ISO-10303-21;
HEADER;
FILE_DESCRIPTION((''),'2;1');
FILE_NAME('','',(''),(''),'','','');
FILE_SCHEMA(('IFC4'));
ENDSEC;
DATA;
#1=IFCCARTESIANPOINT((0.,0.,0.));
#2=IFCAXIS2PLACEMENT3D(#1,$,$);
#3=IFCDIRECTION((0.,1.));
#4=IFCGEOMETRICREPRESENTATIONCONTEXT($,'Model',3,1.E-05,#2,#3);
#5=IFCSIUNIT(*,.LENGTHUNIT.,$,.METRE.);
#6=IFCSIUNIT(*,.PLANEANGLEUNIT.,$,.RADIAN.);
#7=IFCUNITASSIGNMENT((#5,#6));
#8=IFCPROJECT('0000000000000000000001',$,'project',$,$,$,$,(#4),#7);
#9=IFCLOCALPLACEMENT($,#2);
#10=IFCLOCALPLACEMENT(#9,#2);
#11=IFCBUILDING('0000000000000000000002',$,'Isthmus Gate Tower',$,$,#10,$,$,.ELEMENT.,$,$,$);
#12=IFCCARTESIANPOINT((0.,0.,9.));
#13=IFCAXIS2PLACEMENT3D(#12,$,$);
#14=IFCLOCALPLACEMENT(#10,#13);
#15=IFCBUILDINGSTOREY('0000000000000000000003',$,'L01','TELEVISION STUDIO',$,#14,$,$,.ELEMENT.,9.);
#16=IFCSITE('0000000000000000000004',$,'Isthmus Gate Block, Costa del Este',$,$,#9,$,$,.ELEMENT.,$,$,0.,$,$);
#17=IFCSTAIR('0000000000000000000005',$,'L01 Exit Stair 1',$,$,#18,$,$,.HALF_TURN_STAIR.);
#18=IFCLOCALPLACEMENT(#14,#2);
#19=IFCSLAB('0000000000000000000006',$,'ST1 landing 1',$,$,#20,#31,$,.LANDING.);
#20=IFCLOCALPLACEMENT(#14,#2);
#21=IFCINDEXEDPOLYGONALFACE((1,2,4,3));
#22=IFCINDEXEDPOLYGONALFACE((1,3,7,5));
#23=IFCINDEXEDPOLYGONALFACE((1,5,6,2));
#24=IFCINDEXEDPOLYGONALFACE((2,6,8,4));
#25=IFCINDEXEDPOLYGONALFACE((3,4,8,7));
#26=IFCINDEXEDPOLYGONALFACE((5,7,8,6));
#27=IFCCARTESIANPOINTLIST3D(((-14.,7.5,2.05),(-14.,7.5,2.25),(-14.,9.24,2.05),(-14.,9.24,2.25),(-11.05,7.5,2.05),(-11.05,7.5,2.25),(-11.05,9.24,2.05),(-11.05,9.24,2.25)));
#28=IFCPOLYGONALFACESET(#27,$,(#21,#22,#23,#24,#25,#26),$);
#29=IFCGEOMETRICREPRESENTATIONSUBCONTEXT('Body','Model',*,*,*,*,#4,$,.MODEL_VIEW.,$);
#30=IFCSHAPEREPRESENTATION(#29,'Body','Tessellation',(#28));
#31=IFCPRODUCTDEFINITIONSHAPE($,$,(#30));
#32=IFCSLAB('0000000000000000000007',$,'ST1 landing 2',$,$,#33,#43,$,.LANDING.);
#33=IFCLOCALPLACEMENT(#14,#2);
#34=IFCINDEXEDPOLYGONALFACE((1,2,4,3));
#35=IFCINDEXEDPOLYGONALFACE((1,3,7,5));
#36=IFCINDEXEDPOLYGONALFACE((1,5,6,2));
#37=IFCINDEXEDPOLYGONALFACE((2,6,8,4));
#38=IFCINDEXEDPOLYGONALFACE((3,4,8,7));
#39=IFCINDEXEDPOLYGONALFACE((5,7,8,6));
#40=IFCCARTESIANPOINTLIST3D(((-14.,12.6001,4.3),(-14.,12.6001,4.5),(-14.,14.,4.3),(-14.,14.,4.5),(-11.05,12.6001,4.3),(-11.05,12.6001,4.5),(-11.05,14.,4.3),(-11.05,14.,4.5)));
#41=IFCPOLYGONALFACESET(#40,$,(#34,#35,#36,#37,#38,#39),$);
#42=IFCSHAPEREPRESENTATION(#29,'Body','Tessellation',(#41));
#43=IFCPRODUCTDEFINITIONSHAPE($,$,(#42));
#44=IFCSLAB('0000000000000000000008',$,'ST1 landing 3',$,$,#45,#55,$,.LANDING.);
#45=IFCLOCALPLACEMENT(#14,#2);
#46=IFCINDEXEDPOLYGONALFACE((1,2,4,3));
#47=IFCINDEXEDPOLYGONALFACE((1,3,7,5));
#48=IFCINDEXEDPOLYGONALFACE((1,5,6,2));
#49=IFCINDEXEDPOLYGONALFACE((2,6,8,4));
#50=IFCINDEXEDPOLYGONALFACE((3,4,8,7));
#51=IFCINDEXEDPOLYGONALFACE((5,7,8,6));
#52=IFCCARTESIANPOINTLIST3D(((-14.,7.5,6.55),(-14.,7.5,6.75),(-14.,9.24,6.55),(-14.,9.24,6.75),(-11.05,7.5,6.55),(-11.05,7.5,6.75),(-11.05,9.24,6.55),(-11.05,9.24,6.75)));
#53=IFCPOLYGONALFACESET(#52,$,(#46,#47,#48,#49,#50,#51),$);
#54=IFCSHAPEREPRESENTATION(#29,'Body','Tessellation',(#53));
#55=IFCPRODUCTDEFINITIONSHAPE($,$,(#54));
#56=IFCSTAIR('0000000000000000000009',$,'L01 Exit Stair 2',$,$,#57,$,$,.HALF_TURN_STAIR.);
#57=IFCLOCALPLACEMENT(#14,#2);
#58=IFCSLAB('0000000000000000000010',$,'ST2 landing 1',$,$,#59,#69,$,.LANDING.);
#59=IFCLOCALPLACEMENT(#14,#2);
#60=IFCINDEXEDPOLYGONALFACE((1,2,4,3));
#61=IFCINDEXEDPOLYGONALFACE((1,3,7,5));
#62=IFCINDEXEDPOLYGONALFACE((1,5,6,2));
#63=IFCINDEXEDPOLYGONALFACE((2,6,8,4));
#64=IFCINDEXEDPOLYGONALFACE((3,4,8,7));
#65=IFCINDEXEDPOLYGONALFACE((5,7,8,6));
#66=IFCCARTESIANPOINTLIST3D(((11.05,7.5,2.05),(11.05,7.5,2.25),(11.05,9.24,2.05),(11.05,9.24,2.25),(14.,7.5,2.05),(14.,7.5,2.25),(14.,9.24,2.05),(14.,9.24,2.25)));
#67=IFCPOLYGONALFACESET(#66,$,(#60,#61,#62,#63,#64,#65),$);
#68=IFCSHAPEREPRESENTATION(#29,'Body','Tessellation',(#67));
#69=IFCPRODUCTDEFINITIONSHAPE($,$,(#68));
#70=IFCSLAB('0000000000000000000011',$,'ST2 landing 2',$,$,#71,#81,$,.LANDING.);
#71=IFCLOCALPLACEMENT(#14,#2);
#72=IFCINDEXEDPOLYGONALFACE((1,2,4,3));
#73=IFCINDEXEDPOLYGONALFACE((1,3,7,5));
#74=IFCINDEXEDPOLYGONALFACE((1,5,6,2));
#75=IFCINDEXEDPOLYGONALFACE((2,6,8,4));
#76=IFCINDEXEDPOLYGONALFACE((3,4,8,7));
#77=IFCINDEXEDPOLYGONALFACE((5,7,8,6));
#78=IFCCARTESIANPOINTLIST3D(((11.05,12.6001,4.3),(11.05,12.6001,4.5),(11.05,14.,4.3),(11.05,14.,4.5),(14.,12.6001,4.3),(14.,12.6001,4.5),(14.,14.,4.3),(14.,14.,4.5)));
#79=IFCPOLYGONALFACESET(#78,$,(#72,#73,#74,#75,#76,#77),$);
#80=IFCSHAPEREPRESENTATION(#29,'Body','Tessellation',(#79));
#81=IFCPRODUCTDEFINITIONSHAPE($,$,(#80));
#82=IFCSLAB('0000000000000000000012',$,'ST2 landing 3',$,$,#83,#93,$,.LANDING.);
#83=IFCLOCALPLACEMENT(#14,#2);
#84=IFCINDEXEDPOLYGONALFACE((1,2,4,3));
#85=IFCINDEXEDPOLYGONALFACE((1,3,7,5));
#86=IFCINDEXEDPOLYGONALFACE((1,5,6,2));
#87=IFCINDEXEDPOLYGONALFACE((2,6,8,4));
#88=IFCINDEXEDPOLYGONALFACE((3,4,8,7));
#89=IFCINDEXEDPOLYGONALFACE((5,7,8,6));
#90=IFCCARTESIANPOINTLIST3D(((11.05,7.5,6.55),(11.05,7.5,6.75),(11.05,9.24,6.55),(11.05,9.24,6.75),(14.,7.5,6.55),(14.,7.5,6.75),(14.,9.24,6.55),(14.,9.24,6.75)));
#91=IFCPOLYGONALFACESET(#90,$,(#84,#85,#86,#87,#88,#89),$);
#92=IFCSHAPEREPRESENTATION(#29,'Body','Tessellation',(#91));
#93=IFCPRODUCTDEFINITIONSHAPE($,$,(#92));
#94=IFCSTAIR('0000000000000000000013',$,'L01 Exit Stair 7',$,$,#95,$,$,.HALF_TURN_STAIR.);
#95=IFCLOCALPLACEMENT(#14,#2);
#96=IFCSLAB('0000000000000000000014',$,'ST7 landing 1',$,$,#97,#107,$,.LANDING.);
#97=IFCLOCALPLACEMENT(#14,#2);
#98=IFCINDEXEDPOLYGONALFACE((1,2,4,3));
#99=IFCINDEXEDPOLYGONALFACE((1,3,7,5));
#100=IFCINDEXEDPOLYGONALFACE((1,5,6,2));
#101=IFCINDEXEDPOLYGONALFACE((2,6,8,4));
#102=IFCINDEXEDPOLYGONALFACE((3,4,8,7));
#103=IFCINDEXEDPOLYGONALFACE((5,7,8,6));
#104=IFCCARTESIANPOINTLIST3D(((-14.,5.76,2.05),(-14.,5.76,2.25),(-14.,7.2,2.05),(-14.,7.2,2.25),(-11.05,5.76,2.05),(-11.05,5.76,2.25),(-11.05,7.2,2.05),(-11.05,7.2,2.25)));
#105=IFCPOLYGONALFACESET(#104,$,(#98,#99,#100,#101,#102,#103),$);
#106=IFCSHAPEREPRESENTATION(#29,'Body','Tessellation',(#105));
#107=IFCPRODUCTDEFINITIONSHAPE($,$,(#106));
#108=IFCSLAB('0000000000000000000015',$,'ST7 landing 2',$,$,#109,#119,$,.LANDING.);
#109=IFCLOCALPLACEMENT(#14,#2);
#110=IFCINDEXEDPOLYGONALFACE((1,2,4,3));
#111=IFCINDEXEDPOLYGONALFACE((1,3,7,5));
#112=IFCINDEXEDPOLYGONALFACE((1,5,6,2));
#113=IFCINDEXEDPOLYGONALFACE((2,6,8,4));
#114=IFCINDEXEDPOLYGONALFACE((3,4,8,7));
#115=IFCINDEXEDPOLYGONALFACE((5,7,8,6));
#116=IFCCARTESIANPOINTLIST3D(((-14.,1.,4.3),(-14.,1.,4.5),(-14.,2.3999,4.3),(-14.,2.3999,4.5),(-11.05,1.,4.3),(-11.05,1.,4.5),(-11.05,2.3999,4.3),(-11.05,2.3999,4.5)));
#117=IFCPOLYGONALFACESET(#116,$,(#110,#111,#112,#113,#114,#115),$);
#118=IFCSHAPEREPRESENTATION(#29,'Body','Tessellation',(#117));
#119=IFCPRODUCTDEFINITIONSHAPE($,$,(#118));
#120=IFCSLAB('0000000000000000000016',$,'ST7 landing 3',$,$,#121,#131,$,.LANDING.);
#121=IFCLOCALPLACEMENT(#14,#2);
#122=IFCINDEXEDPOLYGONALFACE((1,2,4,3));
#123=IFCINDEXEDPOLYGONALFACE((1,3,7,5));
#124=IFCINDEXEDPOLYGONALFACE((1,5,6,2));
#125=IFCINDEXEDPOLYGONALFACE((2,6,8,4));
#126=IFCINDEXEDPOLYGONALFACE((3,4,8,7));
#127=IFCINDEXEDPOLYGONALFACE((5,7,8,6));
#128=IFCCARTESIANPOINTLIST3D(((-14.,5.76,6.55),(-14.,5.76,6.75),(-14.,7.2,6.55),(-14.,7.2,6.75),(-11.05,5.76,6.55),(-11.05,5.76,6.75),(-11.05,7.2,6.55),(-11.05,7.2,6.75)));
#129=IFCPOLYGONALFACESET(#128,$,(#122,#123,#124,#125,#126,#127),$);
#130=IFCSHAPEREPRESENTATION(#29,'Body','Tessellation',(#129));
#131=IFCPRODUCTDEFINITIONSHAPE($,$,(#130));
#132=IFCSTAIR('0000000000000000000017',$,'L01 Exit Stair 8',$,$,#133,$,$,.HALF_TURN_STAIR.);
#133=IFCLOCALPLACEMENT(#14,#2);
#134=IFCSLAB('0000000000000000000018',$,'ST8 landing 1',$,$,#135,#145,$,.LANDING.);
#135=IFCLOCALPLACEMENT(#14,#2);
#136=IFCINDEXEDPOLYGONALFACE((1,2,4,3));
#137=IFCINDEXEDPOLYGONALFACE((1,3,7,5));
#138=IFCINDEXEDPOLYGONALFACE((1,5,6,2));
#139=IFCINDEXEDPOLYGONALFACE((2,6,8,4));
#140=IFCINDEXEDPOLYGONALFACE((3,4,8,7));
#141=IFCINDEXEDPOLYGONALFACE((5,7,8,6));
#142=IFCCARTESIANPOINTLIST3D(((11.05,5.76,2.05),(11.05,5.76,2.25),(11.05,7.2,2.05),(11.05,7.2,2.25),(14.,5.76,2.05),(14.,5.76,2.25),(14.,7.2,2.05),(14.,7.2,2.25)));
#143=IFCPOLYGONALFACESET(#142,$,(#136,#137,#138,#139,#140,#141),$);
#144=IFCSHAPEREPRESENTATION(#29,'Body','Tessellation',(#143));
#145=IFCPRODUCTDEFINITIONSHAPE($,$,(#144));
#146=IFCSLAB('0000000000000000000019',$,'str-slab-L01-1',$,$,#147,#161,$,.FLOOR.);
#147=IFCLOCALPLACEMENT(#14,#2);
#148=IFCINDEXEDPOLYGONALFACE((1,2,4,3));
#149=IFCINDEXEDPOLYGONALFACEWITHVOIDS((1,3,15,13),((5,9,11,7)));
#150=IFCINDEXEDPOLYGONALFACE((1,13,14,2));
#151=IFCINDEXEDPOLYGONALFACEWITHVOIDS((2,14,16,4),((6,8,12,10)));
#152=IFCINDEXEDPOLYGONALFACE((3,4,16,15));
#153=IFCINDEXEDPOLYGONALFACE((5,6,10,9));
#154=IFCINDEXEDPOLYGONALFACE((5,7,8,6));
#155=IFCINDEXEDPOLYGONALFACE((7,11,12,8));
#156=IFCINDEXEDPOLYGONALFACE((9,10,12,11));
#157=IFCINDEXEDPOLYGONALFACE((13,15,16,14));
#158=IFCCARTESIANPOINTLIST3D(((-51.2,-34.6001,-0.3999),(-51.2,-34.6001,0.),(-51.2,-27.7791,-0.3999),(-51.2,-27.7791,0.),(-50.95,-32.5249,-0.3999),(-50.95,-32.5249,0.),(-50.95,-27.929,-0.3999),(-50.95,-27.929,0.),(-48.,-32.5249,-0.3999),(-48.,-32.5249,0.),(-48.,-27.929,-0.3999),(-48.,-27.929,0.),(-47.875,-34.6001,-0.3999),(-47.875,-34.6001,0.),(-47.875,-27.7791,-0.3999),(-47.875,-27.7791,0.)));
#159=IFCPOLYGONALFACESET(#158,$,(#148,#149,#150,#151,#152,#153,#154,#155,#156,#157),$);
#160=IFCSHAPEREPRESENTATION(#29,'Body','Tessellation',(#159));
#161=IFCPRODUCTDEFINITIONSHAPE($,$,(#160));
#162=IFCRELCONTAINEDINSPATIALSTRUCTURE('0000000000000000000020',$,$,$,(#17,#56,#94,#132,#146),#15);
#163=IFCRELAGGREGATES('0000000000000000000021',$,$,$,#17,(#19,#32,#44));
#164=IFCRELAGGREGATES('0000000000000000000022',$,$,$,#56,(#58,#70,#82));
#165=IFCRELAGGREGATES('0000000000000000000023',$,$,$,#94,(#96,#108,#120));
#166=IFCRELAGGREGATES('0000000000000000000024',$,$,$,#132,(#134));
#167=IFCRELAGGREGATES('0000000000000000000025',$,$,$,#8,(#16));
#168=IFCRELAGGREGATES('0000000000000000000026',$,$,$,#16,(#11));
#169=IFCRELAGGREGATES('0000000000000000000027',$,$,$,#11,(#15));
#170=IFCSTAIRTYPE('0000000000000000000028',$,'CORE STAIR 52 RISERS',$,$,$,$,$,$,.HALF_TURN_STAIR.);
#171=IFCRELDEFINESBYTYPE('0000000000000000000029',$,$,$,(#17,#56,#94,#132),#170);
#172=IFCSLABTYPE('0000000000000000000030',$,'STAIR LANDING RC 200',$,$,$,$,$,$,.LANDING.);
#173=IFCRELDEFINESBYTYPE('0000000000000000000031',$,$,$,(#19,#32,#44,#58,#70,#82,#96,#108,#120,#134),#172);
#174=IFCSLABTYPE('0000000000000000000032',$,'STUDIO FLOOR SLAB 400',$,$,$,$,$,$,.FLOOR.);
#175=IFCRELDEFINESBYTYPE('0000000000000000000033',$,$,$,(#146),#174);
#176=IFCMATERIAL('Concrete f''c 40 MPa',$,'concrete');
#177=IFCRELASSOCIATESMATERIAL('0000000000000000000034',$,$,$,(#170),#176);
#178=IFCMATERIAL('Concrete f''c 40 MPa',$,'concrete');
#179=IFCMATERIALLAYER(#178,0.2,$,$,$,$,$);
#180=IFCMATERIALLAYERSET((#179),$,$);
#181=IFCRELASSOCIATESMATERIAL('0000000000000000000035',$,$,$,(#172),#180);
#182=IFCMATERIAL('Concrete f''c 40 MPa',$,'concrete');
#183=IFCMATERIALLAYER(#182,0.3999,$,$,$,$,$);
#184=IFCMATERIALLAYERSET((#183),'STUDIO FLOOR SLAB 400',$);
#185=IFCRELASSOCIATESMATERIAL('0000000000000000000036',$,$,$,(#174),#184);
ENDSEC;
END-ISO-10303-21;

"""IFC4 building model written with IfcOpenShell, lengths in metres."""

from ifc_helpers import new_model, si_unit, direction, frame, origin, place, context, subcontext, project, spatial, polyline, outline, extrude, material, layer, layer_set, type_object, element, aggregate, save


model = new_model("IFC4")

# Units and contexts
model_context = context("Model", 3, precision=1e-05, world=origin(), true_north=direction((0.0, 1.0)))
body_context = subcontext(model_context, "Body", "Model", "MODEL_VIEW")
ifc_project = project(units=[si_unit("LENGTHUNIT", "METRE"), si_unit("PLANEANGLEUNIT", "RADIAN")], contexts=[model_context])

# Site, building, storey
site_placement = place(None, origin())
site = spatial("IfcSite", under=ifc_project, at=site_placement, Name="Isthmus Gate Block, Costa del Este", CompositionType="ELEMENT", RefElevation=0.0)
building_placement = place(site_placement, origin())
building = spatial("IfcBuilding", under=site, at=building_placement, Name="Isthmus Gate Tower", CompositionType="ELEMENT")
storey_placement = place(building_placement, frame((0.0, 0.0, 9.0)))
storey = spatial("IfcBuildingStorey", under=building, at=storey_placement, Name="L01", Description="TELEVISION STUDIO", CompositionType="ELEMENT", Elevation=9.0)

# Stairs, slabs
ifc_material_1 = material(Name="Concrete f'c 40 MPa", Category="concrete")
stair_type = type_object("IfcStairType", Name="CORE STAIR 52 RISERS", PredefinedType="HALF_TURN_STAIR", material=ifc_material_1)
stair_1_placement = place(storey_placement, origin())
stair_1 = element("IfcStair", 1, at=stair_1_placement, inside=storey, type_object=stair_type, Name="L01 Exit Stair 1", PredefinedType="HALF_TURN_STAIR")
ifc_material_2 = material(Name="Concrete f'c 40 MPa", Category="concrete")
ifc_layer_1 = layer(ifc_material_2, 0.2)
ifc_layer_set_1 = layer_set([ifc_layer_1])
slab_type_1 = type_object("IfcSlabType", Name="STAIR LANDING RC 200", PredefinedType="LANDING", material=ifc_layer_set_1)
slab_1_placement = place(storey_placement, frame((0.0, 0.0, 2.05)))
slab_1 = element("IfcSlab", 2, at=slab_1_placement, type_object=slab_type_1, Name="ST1 landing 1", PredefinedType="LANDING", context=body_context, shape_type="SweptSolid", body=[
    extrude(outline(polyline([(-14.0, 9.24), (-14.0, 7.5), (-11.05, 7.5), (-11.05, 9.24), (-14.0, 9.24)])), origin(), (0.0, 0.0, 1.0), 0.2),
])
slab_2_placement = place(storey_placement, frame((0.0, 0.0, 4.3)))
slab_2 = element("IfcSlab", 3, at=slab_2_placement, type_object=slab_type_1, Name="ST1 landing 2", PredefinedType="LANDING", context=body_context, shape_type="SweptSolid", body=[
    extrude(outline(polyline([(-14.0, 14.0), (-14.0, 12.6001), (-11.05, 12.6001), (-11.05, 14.0), (-14.0, 14.0)])), origin(), (0.0, 0.0, 1.0), 0.2),
])
slab_3_placement = place(storey_placement, frame((0.0, 0.0, 6.55)))
slab_3 = element("IfcSlab", 4, at=slab_3_placement, type_object=slab_type_1, Name="ST1 landing 3", PredefinedType="LANDING", context=body_context, shape_type="SweptSolid", body=[
    extrude(outline(polyline([(-14.0, 9.24), (-14.0, 7.5), (-11.05, 7.5), (-11.05, 9.24), (-14.0, 9.24)])), origin(), (0.0, 0.0, 1.0), 0.2),
])
aggregate(stair_1, [slab_1, slab_2, slab_3])
stair_2_placement = place(storey_placement, origin())
stair_2 = element("IfcStair", 5, at=stair_2_placement, inside=storey, type_object=stair_type, Name="L01 Exit Stair 2", PredefinedType="HALF_TURN_STAIR")
slab_4_placement = place(storey_placement, frame((0.0, 0.0, 2.05)))
slab_4 = element("IfcSlab", 6, at=slab_4_placement, type_object=slab_type_1, Name="ST2 landing 1", PredefinedType="LANDING", context=body_context, shape_type="SweptSolid", body=[
    extrude(outline(polyline([(11.05, 9.24), (11.05, 7.5), (14.0, 7.5), (14.0, 9.24), (11.05, 9.24)])), origin(), (0.0, 0.0, 1.0), 0.2),
])
slab_5_placement = place(storey_placement, frame((0.0, 0.0, 4.3)))
slab_5 = element("IfcSlab", 7, at=slab_5_placement, type_object=slab_type_1, Name="ST2 landing 2", PredefinedType="LANDING", context=body_context, shape_type="SweptSolid", body=[
    extrude(outline(polyline([(11.05, 14.0), (11.05, 12.6001), (14.0, 12.6001), (14.0, 14.0), (11.05, 14.0)])), origin(), (0.0, 0.0, 1.0), 0.2),
])
slab_6_placement = place(storey_placement, frame((0.0, 0.0, 6.55)))
slab_6 = element("IfcSlab", 8, at=slab_6_placement, type_object=slab_type_1, Name="ST2 landing 3", PredefinedType="LANDING", context=body_context, shape_type="SweptSolid", body=[
    extrude(outline(polyline([(11.05, 9.24), (11.05, 7.5), (14.0, 7.5), (14.0, 9.24), (11.05, 9.24)])), origin(), (0.0, 0.0, 1.0), 0.2),
])
aggregate(stair_2, [slab_4, slab_5, slab_6])
stair_3_placement = place(storey_placement, origin())
stair_3 = element("IfcStair", 9, at=stair_3_placement, inside=storey, type_object=stair_type, Name="L01 Exit Stair 7", PredefinedType="HALF_TURN_STAIR")
slab_7_placement = place(storey_placement, frame((0.0, 0.0, 2.05)))
slab_7 = element("IfcSlab", 10, at=slab_7_placement, type_object=slab_type_1, Name="ST7 landing 1", PredefinedType="LANDING", context=body_context, shape_type="SweptSolid", body=[
    extrude(outline(polyline([(-11.05, 5.76), (-11.05, 7.2), (-14.0, 7.2), (-14.0, 5.76), (-11.05, 5.76)])), origin(), (0.0, 0.0, 1.0), 0.2),
])
slab_8_placement = place(storey_placement, frame((0.0, 0.0, 4.3)))
slab_8 = element("IfcSlab", 11, at=slab_8_placement, type_object=slab_type_1, Name="ST7 landing 2", PredefinedType="LANDING", context=body_context, shape_type="SweptSolid", body=[
    extrude(outline(polyline([(-11.05, 1.0), (-11.05, 2.3999), (-14.0, 2.3999), (-14.0, 1.0), (-11.05, 1.0)])), origin(), (0.0, 0.0, 1.0), 0.2),
])
slab_9_placement = place(storey_placement, frame((0.0, 0.0, 6.55)))
slab_9 = element("IfcSlab", 12, at=slab_9_placement, type_object=slab_type_1, Name="ST7 landing 3", PredefinedType="LANDING", context=body_context, shape_type="SweptSolid", body=[
    extrude(outline(polyline([(-11.05, 5.76), (-11.05, 7.2), (-14.0, 7.2), (-14.0, 5.76), (-11.05, 5.76)])), origin(), (0.0, 0.0, 1.0), 0.2),
])
aggregate(stair_3, [slab_7, slab_8, slab_9])

# Stair, slab
stair_4_placement = place(storey_placement, origin())
stair_4 = element("IfcStair", 13, at=stair_4_placement, inside=storey, type_object=stair_type, Name="L01 Exit Stair 8", PredefinedType="HALF_TURN_STAIR")
slab_10_placement = place(storey_placement, frame((0.0, 0.0, 2.05)))
slab_10 = element("IfcSlab", 14, at=slab_10_placement, type_object=slab_type_1, Name="ST8 landing 1", PredefinedType="LANDING", context=body_context, shape_type="SweptSolid", body=[
    extrude(outline(polyline([(14.0, 5.76), (14.0, 7.2), (11.05, 7.2), (11.05, 5.76), (14.0, 5.76)])), origin(), (0.0, 0.0, 1.0), 0.2),
])
aggregate(stair_4, [slab_10])

# Slab
ifc_material_3 = material(Name="Concrete f'c 40 MPa", Category="concrete")
ifc_layer_2 = layer(ifc_material_3, 0.3999)
ifc_layer_set_2 = layer_set([ifc_layer_2], Name="STUDIO FLOOR SLAB 400")
slab_type_2 = type_object("IfcSlabType", Name="STUDIO FLOOR SLAB 400", PredefinedType="FLOOR", material=ifc_layer_set_2)
slab_11_placement = place(storey_placement, frame((0.0, 0.0, -0.3999)))
element("IfcSlab", 15, at=slab_11_placement, inside=storey, type_object=slab_type_2, Name="str-slab-L01-1", PredefinedType="FLOOR", context=body_context, shape_type="SweptSolid", body=[
    extrude(outline(polyline([(-51.2, -27.7791), (-47.875, -27.7791), (-47.875, -34.6001), (-51.2, -34.6001), (-51.2, -27.7791)]), holes=[polyline([(-48.0, -32.5249), (-48.0, -27.929), (-50.95, -27.929), (-50.95, -32.5249), (-48.0, -32.5249)])]), origin(), (0.0, 0.0, 1.0), 0.3999),
])

save(model, "model.ifc")
